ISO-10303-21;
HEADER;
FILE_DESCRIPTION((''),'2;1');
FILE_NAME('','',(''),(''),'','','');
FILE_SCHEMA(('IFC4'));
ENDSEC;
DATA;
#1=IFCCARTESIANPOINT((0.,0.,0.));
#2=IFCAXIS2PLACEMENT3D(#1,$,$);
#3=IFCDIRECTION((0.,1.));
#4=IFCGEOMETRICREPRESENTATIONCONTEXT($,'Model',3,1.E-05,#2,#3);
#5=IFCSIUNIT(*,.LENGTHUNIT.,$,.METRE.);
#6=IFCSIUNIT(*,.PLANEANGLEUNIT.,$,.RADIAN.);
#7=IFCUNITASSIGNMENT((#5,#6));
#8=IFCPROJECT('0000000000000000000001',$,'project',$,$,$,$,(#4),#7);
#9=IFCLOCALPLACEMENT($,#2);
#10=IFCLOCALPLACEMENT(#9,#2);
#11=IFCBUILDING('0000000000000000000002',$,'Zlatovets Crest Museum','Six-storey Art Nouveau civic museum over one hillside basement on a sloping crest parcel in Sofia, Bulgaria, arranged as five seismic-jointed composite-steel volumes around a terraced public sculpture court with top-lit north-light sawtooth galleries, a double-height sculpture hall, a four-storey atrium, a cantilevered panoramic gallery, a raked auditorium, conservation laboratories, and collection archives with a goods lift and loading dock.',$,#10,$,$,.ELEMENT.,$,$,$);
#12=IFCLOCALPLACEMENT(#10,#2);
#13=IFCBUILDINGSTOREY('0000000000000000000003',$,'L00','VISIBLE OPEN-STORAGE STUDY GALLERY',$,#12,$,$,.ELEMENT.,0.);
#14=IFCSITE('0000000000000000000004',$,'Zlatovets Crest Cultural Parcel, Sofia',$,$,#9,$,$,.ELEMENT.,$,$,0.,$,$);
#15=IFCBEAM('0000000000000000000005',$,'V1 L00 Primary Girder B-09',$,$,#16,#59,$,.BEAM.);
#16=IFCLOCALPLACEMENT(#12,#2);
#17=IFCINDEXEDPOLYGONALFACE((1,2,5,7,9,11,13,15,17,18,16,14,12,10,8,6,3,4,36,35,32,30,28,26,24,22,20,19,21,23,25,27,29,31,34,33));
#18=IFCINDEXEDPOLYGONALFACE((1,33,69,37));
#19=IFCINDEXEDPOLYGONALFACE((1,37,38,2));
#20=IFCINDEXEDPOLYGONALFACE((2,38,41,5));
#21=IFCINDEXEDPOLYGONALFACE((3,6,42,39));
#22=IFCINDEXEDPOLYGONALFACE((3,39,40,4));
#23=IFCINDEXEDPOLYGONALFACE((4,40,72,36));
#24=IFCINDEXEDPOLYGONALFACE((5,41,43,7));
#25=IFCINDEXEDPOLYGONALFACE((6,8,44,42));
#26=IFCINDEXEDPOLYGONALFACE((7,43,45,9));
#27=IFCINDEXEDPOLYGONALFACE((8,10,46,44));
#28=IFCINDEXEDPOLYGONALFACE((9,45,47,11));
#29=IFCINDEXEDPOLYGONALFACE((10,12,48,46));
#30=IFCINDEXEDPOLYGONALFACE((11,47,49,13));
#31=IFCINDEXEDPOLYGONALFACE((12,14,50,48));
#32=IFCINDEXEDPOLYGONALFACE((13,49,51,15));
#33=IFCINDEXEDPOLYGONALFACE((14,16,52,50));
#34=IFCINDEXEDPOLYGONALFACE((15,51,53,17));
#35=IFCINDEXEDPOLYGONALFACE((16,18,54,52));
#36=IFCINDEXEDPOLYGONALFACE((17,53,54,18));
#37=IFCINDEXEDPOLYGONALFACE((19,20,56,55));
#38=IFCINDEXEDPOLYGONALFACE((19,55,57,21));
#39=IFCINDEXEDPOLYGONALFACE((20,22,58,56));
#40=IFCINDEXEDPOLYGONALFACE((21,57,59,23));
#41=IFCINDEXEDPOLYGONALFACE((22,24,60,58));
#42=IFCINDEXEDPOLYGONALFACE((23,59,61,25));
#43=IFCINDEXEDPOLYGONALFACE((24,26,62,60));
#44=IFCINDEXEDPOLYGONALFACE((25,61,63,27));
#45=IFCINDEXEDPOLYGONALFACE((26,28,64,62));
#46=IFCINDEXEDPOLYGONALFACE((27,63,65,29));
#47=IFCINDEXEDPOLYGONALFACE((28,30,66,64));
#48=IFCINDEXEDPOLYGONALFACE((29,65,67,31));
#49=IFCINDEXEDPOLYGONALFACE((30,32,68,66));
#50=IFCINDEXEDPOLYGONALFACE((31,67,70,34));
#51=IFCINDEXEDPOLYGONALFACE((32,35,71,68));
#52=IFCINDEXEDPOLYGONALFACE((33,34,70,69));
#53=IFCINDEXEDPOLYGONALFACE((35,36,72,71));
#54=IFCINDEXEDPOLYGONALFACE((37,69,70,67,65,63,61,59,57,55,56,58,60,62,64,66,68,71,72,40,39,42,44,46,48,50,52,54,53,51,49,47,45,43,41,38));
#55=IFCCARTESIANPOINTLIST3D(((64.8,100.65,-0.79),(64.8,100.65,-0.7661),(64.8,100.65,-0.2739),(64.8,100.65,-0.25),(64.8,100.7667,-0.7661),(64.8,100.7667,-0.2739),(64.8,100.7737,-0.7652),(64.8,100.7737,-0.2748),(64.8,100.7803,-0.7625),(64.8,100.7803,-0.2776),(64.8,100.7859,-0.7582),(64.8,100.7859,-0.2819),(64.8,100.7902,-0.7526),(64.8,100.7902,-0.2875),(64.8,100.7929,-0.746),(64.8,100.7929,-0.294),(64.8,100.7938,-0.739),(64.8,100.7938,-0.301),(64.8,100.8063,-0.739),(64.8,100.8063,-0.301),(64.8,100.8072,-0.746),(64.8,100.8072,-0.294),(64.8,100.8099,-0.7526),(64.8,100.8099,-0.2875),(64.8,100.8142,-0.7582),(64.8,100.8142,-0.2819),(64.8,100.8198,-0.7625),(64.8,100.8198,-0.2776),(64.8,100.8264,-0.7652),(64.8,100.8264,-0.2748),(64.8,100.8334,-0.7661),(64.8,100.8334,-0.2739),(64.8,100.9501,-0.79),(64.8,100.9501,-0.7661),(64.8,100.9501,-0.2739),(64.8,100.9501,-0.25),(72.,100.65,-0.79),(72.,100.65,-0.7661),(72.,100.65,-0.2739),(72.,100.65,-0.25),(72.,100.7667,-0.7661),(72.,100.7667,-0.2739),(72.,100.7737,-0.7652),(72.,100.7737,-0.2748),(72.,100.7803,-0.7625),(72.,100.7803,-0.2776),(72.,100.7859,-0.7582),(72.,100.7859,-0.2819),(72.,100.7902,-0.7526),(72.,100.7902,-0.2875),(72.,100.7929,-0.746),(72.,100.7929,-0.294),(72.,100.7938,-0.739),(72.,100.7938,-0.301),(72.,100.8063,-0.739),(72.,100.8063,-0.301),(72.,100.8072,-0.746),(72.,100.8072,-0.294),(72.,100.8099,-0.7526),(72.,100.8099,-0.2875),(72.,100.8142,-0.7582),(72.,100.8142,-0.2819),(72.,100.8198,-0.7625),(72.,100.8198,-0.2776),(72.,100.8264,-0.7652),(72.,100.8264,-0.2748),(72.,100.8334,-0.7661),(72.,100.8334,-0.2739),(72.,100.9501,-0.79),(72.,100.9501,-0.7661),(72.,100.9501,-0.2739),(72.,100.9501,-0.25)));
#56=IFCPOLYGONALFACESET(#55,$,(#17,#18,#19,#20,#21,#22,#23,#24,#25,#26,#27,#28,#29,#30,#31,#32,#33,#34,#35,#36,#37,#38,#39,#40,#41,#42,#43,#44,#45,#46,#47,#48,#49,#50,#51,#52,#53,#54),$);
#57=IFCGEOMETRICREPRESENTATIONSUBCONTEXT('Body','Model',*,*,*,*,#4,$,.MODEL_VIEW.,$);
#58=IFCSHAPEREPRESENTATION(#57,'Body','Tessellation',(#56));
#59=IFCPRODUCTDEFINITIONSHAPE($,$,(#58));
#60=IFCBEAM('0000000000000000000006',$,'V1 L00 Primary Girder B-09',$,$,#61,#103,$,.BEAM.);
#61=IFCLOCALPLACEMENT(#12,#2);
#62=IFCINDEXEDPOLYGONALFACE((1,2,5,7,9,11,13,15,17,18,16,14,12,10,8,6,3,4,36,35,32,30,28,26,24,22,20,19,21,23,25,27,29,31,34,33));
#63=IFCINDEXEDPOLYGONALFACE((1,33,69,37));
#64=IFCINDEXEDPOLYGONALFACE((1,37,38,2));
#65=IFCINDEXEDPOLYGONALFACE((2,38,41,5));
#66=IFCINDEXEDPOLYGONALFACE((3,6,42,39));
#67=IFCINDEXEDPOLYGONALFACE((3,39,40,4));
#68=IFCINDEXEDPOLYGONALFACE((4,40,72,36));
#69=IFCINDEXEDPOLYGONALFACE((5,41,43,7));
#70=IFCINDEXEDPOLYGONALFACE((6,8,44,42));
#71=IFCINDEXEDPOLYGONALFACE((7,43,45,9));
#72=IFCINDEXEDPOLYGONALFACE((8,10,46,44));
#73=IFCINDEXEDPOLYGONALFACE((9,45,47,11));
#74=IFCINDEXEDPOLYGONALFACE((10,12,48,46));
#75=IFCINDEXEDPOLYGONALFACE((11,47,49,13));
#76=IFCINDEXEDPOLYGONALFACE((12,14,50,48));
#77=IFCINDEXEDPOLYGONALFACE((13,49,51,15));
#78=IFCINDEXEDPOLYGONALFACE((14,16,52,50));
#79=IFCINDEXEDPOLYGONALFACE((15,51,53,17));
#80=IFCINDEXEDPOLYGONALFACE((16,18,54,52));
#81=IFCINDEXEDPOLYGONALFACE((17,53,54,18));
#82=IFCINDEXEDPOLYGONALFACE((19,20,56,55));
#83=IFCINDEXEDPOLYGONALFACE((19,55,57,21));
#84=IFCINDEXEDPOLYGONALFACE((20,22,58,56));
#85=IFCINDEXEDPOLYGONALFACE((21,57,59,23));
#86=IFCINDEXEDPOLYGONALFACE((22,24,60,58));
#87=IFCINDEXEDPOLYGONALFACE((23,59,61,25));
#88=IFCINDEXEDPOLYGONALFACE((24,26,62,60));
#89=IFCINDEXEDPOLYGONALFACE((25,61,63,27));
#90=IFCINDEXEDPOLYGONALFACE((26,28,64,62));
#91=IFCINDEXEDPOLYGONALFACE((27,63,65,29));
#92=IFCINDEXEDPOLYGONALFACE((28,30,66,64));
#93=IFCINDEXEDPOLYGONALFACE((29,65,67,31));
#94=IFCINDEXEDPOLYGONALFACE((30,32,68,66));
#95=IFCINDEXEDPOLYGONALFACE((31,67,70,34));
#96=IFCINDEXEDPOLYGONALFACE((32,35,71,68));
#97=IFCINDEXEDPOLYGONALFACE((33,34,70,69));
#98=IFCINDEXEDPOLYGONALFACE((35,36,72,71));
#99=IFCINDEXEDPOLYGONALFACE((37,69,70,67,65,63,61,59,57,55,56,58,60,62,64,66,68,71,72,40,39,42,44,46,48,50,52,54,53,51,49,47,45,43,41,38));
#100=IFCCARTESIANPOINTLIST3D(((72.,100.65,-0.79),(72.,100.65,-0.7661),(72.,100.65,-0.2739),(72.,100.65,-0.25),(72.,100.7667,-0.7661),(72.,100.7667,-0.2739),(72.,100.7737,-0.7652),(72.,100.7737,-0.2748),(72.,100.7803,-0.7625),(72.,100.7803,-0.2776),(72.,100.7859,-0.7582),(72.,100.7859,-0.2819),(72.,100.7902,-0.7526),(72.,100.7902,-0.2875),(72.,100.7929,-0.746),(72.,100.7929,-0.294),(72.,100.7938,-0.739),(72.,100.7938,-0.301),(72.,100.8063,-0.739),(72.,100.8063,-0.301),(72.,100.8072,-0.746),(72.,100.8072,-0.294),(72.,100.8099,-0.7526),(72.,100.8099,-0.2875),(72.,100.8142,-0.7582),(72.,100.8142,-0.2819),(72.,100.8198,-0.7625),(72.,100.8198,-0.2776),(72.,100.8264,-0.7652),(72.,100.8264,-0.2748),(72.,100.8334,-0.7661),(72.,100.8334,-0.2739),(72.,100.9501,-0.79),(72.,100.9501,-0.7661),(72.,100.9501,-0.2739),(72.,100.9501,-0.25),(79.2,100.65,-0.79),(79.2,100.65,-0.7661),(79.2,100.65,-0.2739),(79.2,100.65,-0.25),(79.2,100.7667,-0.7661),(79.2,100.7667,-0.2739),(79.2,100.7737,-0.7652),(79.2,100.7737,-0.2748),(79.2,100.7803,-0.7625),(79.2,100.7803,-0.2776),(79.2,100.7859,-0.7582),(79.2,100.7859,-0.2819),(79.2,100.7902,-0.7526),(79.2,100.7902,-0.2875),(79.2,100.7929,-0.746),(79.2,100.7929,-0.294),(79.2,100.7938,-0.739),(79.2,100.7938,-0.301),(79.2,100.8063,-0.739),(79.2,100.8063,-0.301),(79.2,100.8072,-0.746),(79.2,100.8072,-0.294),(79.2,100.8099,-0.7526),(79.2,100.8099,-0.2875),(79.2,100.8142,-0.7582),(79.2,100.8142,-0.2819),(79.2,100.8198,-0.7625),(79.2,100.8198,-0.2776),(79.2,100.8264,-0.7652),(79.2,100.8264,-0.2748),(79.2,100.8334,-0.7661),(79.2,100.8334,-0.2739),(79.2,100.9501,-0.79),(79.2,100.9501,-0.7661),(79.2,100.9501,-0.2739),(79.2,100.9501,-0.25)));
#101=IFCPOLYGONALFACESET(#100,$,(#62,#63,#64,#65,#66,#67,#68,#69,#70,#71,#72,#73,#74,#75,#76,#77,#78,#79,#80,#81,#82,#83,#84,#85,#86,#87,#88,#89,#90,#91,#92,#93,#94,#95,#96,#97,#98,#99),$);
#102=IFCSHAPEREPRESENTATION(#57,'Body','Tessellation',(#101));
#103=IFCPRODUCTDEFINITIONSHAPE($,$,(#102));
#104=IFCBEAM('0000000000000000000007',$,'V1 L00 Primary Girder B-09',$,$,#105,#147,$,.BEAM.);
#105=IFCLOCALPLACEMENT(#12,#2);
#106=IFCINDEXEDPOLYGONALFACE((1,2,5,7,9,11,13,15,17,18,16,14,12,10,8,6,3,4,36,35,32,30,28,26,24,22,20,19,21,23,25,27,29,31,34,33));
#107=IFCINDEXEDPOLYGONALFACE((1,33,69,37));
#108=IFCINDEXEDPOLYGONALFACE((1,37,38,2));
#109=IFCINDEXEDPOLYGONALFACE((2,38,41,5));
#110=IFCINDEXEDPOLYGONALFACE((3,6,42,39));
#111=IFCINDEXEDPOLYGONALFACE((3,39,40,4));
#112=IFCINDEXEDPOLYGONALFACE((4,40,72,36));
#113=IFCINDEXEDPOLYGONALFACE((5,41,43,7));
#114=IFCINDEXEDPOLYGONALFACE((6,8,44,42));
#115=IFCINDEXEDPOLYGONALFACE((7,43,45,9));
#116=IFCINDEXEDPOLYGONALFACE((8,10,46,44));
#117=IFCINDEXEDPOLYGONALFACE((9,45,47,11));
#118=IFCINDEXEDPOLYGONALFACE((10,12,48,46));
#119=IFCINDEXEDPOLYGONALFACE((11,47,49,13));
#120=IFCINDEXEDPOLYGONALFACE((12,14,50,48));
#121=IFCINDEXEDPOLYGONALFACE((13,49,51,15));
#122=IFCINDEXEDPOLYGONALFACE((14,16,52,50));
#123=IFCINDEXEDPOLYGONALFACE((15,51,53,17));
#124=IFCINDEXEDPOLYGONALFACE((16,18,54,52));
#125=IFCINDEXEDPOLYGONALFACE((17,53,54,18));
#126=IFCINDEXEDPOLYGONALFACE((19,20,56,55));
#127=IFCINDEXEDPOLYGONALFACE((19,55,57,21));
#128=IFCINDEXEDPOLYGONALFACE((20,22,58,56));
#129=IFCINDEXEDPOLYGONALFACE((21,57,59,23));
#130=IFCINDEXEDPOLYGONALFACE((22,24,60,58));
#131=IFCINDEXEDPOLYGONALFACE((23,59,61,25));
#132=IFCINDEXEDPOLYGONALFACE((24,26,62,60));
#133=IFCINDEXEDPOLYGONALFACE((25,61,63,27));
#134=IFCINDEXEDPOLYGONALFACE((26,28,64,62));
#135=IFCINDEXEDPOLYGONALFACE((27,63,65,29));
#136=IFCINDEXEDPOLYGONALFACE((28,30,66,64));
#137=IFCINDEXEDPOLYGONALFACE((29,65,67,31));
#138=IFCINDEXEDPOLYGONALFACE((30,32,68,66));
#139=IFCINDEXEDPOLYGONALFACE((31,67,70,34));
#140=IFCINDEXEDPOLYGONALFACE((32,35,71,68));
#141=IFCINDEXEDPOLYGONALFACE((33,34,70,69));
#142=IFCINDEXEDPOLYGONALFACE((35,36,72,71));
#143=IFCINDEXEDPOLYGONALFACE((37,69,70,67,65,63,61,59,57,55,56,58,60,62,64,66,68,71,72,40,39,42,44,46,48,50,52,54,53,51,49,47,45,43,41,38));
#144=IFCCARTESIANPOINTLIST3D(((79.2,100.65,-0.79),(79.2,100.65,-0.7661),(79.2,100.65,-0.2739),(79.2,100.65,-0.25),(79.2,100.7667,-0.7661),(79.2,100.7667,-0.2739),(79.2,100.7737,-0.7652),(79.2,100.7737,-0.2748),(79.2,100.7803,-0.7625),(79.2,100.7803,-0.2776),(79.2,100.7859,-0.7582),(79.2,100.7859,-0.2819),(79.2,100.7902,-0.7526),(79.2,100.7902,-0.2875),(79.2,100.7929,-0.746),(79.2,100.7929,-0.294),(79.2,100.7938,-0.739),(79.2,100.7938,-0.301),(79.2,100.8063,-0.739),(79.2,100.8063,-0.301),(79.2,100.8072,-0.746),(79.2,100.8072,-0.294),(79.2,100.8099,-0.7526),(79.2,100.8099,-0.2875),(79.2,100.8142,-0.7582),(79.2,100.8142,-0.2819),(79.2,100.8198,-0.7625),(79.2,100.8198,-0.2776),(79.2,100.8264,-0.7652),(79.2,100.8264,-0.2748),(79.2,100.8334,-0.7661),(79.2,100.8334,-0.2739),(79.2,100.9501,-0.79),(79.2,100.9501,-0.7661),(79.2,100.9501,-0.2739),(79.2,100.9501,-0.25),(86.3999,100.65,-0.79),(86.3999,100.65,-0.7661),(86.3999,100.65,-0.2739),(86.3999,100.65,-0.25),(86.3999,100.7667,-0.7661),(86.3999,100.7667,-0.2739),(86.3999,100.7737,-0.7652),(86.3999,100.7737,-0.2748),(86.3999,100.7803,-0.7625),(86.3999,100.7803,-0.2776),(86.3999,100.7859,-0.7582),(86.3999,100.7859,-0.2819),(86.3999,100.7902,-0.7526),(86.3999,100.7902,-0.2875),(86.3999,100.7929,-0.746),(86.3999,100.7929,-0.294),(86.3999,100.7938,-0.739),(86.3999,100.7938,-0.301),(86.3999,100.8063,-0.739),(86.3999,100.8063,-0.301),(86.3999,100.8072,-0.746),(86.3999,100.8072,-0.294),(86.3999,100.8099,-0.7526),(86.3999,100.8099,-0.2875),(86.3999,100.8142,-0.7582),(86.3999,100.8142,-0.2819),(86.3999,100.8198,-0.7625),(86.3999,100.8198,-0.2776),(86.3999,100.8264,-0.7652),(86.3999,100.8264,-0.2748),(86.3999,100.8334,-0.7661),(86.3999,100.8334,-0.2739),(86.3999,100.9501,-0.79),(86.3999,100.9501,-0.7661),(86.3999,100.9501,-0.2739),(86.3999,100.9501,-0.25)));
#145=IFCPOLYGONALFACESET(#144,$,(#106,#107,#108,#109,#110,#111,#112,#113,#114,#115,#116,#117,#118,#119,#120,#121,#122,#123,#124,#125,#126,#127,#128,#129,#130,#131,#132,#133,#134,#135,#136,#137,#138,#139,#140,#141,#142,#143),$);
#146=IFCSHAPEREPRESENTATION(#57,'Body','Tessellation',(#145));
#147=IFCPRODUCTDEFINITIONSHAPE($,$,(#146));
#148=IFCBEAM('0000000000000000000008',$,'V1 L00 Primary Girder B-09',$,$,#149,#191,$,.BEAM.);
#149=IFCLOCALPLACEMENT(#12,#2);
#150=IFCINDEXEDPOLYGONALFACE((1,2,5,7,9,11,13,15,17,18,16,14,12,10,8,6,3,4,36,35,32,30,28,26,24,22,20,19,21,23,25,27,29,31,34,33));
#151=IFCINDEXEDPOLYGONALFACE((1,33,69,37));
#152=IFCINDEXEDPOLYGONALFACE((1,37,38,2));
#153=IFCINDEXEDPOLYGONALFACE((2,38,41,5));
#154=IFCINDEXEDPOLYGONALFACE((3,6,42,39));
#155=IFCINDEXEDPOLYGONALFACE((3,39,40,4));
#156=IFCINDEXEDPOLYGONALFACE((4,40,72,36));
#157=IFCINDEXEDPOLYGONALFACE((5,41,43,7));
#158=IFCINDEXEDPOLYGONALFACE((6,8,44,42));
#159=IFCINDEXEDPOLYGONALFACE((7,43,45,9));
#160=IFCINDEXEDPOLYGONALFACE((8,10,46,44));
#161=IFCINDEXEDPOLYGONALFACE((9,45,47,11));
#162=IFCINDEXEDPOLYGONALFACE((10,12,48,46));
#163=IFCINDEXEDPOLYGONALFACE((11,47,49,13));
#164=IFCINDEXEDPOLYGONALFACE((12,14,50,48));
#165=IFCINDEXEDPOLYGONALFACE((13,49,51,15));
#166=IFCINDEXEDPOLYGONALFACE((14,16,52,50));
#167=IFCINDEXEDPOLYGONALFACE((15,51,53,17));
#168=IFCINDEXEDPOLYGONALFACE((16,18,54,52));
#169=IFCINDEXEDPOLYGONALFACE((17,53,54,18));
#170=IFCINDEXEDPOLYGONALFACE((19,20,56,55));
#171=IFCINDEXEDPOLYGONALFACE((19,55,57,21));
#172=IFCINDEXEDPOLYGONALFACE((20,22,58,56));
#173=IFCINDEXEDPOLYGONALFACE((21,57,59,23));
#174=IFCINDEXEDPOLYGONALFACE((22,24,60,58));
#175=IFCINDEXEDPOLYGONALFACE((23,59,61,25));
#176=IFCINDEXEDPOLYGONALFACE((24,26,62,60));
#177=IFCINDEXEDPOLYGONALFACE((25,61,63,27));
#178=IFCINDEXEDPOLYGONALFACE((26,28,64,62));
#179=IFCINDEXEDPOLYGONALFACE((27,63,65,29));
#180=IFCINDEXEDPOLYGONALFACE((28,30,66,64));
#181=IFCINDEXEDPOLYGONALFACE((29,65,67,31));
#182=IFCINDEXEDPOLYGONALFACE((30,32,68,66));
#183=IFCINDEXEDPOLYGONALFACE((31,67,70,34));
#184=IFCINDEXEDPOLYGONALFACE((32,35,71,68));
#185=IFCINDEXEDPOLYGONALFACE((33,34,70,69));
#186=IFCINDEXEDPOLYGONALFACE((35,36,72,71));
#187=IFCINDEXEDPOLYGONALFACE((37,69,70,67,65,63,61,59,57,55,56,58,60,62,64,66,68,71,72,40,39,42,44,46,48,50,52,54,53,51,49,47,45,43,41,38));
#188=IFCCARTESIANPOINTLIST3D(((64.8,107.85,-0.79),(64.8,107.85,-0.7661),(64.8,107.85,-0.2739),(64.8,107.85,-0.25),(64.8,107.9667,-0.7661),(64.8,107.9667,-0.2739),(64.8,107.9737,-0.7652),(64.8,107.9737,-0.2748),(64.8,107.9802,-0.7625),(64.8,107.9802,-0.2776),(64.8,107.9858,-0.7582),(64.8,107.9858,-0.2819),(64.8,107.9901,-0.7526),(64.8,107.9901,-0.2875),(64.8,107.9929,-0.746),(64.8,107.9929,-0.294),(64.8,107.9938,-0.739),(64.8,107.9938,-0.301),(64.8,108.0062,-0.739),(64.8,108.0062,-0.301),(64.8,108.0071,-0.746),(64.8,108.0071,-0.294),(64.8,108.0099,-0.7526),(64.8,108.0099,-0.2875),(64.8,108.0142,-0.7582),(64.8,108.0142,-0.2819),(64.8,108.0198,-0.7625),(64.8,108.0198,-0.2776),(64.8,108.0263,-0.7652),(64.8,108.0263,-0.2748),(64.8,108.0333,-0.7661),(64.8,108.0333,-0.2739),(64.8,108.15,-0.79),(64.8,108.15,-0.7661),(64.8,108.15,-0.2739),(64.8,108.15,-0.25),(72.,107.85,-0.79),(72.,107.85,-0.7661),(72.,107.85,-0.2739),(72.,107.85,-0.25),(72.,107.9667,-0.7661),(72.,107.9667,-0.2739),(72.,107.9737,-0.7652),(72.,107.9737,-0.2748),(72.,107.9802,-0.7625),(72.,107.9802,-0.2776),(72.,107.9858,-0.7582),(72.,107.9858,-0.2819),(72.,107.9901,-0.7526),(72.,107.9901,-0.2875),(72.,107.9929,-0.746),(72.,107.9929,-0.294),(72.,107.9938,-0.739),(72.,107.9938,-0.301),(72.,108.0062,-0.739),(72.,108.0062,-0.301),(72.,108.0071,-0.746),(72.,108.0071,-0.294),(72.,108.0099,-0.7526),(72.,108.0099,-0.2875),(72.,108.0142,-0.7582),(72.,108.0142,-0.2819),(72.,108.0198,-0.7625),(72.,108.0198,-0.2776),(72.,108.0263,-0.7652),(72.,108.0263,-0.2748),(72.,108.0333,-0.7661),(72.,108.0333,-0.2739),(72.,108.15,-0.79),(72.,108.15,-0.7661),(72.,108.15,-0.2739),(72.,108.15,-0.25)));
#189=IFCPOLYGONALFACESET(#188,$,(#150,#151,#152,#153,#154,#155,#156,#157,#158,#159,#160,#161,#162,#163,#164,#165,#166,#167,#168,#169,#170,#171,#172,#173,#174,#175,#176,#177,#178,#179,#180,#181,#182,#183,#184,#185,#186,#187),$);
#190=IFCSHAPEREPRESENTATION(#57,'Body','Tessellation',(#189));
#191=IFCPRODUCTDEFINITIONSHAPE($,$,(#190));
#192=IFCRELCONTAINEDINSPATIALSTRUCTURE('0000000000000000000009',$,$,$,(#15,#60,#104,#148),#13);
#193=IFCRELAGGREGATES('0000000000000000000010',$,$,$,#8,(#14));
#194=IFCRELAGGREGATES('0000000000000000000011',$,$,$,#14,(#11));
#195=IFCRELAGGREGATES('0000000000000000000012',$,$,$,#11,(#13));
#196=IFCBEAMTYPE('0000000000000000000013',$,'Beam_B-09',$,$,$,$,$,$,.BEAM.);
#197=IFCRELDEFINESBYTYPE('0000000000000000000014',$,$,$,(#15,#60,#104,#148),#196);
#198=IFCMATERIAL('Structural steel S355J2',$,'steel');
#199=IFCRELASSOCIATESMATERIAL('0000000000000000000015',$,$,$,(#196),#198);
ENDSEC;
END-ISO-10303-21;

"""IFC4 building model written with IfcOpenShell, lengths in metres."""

from ifc_helpers import new_model, si_unit, direction, frame, origin, origin_2d, place, context, subcontext, project, spatial, i_section, extrude, material, material_profile, profile_set, type_object, element, save


model = new_model("IFC4")

# Units and contexts
model_context = context("Model", 3, precision=1e-05, world=origin(), true_north=direction((0.0, 1.0)))
body_context = subcontext(model_context, "Body", "Model", "MODEL_VIEW")
ifc_project = project(units=[si_unit("LENGTHUNIT", "METRE"), si_unit("PLANEANGLEUNIT", "RADIAN")], contexts=[model_context])

# Site, building, storey
site_placement = place(None, origin())
site = spatial("IfcSite", under=ifc_project, at=site_placement, Name="Zlatovets Crest Cultural Parcel, Sofia", CompositionType="ELEMENT", RefElevation=0.0)
building_placement = place(site_placement, origin())
building = spatial("IfcBuilding", under=site, at=building_placement, Name="Zlatovets Crest Museum", Description="Six-storey Art Nouveau civic museum over one hillside basement on a sloping crest parcel in Sofia, Bulgaria, arranged as five seismic-jointed composite-steel volumes around a terraced public sculpture court with top-lit north-light sawtooth galleries, a double-height sculpture hall, a four-storey atrium, a cantilevered panoramic gallery, a raked auditorium, conservation laboratories, and collection archives with a goods lift and loading dock.", CompositionType="ELEMENT")
storey_placement = place(building_placement, origin())
storey = spatial("IfcBuildingStorey", under=building, at=storey_placement, Name="L00", Description="VISIBLE OPEN-STORAGE STUDY GALLERY", CompositionType="ELEMENT", Elevation=0.0)

# Shared definitions
ifc_material_1 = material(Name="Structural steel S355J2", Category="steel")

# Beams
ifc_material_profile_1 = material_profile(ifc_material_1, i_section(OverallWidth=0.3, OverallDepth=0.54, WebThickness=0.0125, FlangeThickness=0.0239, FilletRadius=0.0271, at=origin_2d()), Name="HEA 550")
ifc_profile_set_1 = profile_set([ifc_material_profile_1], Name="Structural steel S355J2")
beam_type_1 = type_object("IfcBeamType", Name="Beam_B-09", PredefinedType="BEAM", material=ifc_profile_set_1)
for number, where, z_axis, x_axis, name in (
    (1, (64.8, 100.8, -0.52), (1.0, 0.0, 0.0), (0.0, 1.0, 0.0), "V1 L00 Primary Girder B-09"),
    (2, (72.0, 100.8, -0.52), (1.0, 0.0, 0.0), (0.0, 1.0, 0.0), "V1 L00 Primary Girder B-09"),
    (3, (79.2, 100.8, -0.52), (1.0, 0.0, 0.0), (0.0, 1.0, 0.0), "V1 L00 Primary Girder B-09"),
    (4, (64.8, 108.0, -0.52), (1.0, 0.0, 0.0), (0.0, 1.0, 0.0), "V1 L00 Primary Girder B-09"),
):
    element("IfcBeam", number, at=place(storey_placement, frame(where, z_axis=z_axis, x_axis=x_axis)), inside=storey, type_object=beam_type_1, Name=name, PredefinedType="BEAM", context=body_context, shape_type="SweptSolid", body=[
        extrude(i_section(OverallWidth=0.3, OverallDepth=0.54, WebThickness=0.0125, FlangeThickness=0.0239, FilletRadius=0.0271, at=origin_2d()), origin(), (0.0, 0.0, 1.0), 7.2),
    ])

save(model, "model.ifc")
